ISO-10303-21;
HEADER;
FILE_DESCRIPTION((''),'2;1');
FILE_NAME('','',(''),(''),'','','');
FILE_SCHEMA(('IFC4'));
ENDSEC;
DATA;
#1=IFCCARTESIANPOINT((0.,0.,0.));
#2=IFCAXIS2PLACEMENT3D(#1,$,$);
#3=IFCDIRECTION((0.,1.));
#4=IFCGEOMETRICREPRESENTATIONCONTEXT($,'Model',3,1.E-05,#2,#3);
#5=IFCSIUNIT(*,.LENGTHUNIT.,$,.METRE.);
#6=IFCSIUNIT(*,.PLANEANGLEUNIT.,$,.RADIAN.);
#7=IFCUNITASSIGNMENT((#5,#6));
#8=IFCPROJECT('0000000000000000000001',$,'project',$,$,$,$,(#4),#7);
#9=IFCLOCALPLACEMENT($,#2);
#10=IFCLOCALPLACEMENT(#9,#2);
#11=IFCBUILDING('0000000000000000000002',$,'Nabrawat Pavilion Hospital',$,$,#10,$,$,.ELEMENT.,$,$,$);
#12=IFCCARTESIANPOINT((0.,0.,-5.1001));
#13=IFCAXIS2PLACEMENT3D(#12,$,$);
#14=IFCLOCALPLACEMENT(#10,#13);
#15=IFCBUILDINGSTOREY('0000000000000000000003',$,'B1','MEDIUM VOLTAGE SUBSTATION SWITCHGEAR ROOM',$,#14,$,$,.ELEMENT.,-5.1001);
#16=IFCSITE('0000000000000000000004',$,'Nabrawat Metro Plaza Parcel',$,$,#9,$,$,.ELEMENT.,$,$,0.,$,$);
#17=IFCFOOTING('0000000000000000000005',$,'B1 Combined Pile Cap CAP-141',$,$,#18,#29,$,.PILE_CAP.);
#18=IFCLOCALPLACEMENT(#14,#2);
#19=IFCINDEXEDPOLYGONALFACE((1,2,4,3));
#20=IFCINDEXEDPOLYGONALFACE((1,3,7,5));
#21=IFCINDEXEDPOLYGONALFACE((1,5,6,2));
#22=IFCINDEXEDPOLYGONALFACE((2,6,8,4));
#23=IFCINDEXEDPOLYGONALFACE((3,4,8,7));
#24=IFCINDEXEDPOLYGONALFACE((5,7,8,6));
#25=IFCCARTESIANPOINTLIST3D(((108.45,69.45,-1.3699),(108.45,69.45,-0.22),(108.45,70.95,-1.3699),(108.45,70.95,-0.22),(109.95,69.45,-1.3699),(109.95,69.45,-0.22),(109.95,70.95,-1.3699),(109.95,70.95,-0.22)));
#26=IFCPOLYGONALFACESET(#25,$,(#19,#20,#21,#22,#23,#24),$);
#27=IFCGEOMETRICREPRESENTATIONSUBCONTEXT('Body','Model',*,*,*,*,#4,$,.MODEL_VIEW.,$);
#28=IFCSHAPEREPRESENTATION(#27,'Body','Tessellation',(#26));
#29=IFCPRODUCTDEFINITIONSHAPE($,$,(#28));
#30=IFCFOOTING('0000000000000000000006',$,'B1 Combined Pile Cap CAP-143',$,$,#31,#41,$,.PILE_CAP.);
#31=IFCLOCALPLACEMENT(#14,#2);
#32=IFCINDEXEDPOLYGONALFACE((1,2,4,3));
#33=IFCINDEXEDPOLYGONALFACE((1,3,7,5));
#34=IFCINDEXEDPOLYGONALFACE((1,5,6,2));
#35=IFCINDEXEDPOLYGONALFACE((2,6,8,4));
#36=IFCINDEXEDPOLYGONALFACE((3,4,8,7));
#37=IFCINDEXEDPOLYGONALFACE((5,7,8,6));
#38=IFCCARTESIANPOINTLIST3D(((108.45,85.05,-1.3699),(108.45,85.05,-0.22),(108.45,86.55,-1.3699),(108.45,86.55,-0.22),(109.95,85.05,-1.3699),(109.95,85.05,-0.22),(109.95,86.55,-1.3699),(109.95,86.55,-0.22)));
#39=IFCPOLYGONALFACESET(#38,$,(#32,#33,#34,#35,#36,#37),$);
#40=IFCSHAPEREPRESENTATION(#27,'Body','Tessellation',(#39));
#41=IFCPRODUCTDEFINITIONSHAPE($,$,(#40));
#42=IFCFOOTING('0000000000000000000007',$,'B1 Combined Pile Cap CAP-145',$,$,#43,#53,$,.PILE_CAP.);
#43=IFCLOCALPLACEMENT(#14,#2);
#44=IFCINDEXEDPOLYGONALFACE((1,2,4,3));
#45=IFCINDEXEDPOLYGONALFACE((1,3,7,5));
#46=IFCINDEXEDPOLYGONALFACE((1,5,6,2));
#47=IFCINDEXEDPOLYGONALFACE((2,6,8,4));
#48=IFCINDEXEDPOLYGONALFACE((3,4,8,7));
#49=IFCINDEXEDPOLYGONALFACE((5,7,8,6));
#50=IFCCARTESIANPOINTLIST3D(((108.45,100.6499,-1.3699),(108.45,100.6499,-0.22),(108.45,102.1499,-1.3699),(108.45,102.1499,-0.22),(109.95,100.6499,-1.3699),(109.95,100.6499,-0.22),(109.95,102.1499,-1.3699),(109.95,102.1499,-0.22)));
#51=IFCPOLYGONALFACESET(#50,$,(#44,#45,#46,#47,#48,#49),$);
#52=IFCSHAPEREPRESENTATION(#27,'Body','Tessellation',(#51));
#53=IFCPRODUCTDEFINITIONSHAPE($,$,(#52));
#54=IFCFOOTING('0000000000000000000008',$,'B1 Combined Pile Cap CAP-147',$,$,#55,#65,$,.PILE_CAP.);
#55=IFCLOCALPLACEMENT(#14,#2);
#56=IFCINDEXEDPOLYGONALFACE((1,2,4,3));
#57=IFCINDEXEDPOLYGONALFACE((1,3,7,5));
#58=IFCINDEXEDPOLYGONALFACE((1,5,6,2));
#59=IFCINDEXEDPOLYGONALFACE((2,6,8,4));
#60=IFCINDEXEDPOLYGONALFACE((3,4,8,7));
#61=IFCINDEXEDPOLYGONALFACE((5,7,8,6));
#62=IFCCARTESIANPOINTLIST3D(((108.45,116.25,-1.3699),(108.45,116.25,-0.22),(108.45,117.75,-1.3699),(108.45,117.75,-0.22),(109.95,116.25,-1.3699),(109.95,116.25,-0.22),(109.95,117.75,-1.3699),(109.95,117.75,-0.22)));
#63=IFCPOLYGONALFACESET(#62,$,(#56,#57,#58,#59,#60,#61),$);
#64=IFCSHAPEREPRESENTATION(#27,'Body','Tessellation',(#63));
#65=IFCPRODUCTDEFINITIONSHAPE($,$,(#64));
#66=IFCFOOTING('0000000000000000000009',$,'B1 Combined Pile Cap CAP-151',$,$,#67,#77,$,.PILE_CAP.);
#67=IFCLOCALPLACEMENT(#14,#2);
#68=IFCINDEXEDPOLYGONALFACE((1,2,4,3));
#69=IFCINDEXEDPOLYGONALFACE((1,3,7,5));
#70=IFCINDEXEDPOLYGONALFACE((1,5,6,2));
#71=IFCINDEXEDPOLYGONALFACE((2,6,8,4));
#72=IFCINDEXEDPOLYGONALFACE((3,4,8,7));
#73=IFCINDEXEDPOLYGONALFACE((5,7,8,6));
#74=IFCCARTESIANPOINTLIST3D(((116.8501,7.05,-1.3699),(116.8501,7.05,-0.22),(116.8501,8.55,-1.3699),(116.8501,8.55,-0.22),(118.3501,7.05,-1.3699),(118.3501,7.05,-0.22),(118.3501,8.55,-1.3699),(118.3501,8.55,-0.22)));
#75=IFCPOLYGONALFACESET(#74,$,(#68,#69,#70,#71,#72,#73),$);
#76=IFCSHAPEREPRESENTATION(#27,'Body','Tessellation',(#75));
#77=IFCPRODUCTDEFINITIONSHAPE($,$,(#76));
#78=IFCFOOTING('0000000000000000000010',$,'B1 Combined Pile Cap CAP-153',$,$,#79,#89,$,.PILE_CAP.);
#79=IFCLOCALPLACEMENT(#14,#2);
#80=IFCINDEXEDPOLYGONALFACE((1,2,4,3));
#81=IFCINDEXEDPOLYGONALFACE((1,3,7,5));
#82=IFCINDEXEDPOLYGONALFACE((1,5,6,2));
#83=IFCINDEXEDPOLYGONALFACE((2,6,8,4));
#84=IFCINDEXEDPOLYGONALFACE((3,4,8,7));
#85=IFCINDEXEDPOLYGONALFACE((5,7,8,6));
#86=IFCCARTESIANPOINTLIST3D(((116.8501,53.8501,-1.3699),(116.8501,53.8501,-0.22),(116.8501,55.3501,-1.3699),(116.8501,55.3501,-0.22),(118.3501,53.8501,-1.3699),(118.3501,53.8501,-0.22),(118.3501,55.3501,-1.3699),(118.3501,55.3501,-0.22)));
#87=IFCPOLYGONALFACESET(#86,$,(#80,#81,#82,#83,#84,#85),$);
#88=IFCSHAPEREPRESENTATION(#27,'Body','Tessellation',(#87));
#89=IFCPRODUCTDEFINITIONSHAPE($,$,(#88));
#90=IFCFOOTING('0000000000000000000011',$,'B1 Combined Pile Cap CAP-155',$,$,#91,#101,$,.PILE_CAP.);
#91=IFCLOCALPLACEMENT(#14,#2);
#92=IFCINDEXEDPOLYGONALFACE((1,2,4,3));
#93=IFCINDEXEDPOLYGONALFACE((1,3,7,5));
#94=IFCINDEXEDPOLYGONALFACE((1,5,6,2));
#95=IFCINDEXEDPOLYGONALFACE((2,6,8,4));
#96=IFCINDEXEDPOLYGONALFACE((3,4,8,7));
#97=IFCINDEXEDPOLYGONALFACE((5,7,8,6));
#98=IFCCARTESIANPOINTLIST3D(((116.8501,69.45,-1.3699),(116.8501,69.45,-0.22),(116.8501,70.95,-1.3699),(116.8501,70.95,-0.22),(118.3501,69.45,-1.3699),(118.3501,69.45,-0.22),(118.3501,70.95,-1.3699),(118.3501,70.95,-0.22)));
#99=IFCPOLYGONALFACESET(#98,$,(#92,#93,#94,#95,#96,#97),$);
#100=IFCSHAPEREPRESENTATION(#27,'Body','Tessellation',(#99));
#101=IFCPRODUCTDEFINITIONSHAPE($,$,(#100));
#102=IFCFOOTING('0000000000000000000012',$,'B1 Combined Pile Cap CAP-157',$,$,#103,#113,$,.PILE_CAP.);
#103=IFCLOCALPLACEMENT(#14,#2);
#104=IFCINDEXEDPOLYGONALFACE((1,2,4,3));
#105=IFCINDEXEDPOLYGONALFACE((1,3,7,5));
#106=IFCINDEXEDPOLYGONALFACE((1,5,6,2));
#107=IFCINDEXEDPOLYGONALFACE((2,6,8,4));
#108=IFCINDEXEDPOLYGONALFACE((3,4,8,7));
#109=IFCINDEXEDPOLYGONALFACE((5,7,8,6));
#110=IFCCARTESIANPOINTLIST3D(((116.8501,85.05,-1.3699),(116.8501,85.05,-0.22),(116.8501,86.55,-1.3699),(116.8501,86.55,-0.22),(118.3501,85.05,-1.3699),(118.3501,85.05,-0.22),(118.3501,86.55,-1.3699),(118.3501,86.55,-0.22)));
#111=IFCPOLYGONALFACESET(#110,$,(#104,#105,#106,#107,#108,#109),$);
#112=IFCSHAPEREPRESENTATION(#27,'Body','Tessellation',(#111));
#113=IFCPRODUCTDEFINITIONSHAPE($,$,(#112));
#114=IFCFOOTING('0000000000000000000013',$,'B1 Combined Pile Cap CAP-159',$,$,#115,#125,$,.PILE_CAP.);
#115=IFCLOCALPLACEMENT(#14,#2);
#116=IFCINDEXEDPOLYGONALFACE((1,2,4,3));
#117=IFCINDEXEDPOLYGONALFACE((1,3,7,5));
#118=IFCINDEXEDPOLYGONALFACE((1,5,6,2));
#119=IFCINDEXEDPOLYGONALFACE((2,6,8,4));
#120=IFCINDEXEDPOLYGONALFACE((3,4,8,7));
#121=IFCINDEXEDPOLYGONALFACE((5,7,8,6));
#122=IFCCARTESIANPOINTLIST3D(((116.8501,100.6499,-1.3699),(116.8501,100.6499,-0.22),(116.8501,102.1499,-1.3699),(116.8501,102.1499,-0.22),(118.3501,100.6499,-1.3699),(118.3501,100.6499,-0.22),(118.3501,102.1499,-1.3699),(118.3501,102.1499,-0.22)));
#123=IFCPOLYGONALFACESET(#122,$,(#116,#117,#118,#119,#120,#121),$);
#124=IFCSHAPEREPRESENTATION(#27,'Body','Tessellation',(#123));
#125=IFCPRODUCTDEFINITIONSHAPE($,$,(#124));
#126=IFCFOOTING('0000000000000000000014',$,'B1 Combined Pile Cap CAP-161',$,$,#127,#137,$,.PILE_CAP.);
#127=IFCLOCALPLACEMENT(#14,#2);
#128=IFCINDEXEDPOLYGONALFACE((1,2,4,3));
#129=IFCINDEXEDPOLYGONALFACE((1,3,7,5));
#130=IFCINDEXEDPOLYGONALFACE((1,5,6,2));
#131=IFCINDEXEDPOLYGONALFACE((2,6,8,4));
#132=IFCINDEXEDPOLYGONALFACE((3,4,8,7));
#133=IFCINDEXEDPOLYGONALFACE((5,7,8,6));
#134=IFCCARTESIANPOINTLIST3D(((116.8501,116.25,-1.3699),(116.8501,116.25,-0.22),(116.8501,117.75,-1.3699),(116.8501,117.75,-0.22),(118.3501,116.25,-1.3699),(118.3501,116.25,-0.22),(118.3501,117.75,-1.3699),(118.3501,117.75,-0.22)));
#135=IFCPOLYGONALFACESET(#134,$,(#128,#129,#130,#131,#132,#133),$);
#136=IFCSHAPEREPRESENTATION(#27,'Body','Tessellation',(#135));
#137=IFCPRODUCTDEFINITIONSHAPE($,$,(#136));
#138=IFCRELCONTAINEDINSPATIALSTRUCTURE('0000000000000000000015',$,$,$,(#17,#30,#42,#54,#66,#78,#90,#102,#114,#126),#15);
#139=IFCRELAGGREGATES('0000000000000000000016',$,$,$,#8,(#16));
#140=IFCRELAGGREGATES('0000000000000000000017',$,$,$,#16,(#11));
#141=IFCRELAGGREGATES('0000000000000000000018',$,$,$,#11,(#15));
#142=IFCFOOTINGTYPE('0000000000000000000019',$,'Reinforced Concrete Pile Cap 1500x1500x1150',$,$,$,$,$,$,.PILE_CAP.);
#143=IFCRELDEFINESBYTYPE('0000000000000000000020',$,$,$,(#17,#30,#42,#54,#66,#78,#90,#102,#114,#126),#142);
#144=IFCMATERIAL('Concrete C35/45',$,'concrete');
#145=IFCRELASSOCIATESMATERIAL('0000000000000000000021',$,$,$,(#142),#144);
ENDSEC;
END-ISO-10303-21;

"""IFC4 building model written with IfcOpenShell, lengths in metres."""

from ifc_helpers import new_model, si_unit, direction, frame, origin, place, context, subcontext, project, spatial, polyline, outline, extrude, material, type_object, element, save


model = new_model("IFC4")

# Units and contexts
model_context = context("Model", 3, precision=1e-05, world=origin(), true_north=direction((0.0, 1.0)))
body_context = subcontext(model_context, "Body", "Model", "MODEL_VIEW")
ifc_project = project(units=[si_unit("LENGTHUNIT", "METRE"), si_unit("PLANEANGLEUNIT", "RADIAN")], contexts=[model_context])

# Site, building, storey
site_placement = place(None, origin())
site = spatial("IfcSite", under=ifc_project, at=site_placement, Name="Nabrawat Metro Plaza Parcel", CompositionType="ELEMENT", RefElevation=0.0)
building_placement = place(site_placement, origin())
building = spatial("IfcBuilding", under=site, at=building_placement, Name="Nabrawat Pavilion Hospital", CompositionType="ELEMENT")
storey_placement = place(building_placement, frame((0.0, 0.0, -5.1001)))
storey = spatial("IfcBuildingStorey", under=building, at=storey_placement, Name="B1", Description="MEDIUM VOLTAGE SUBSTATION SWITCHGEAR ROOM", CompositionType="ELEMENT", Elevation=-5.1001)

# Footings
ifc_material = material(Name="Concrete C35/45", Category="concrete")
footing_type_1 = type_object("IfcFootingType", Name="Reinforced Concrete Pile Cap 1500x1500x1150", PredefinedType="PILE_CAP", material=ifc_material)
footing_1_placement = place(storey_placement, frame((0.0, 0.0, -1.3699)))
element("IfcFooting", 1, at=footing_1_placement, inside=storey, type_object=footing_type_1, Name="B1 Combined Pile Cap CAP-141", PredefinedType="PILE_CAP", context=body_context, shape_type="SweptSolid", body=[
    extrude(outline(polyline([(109.95, 69.45), (109.95, 70.95), (108.45, 70.95), (108.45, 69.45), (109.95, 69.45)])), origin(), (0.0, 0.0, 1.0), 1.1499),
])
footing_2_placement = place(storey_placement, frame((0.0, 0.0, -1.3699)))
element("IfcFooting", 2, at=footing_2_placement, inside=storey, type_object=footing_type_1, Name="B1 Combined Pile Cap CAP-143", PredefinedType="PILE_CAP", context=body_context, shape_type="SweptSolid", body=[
    extrude(outline(polyline([(109.95, 85.05), (109.95, 86.55), (108.45, 86.55), (108.45, 85.05), (109.95, 85.05)])), origin(), (0.0, 0.0, 1.0), 1.1499),
])
footing_3_placement = place(storey_placement, frame((0.0, 0.0, -1.3699)))
element("IfcFooting", 3, at=footing_3_placement, inside=storey, type_object=footing_type_1, Name="B1 Combined Pile Cap CAP-145", PredefinedType="PILE_CAP", context=body_context, shape_type="SweptSolid", body=[
    extrude(outline(polyline([(109.95, 100.6499), (109.95, 102.1499), (108.45, 102.1499), (108.45, 100.6499), (109.95, 100.6499)])), origin(), (0.0, 0.0, 1.0), 1.1499),
])
footing_4_placement = place(storey_placement, frame((0.0, 0.0, -1.3699)))
element("IfcFooting", 4, at=footing_4_placement, inside=storey, type_object=footing_type_1, Name="B1 Combined Pile Cap CAP-147", PredefinedType="PILE_CAP", context=body_context, shape_type="SweptSolid", body=[
    extrude(outline(polyline([(109.95, 116.25), (109.95, 117.75), (108.45, 117.75), (108.45, 116.25), (109.95, 116.25)])), origin(), (0.0, 0.0, 1.0), 1.1499),
])
footing_5_placement = place(storey_placement, frame((0.0, 0.0, -1.3699)))
element("IfcFooting", 5, at=footing_5_placement, inside=storey, type_object=footing_type_1, Name="B1 Combined Pile Cap CAP-151", PredefinedType="PILE_CAP", context=body_context, shape_type="SweptSolid", body=[
    extrude(outline(polyline([(118.3501, 7.05), (118.3501, 8.55), (116.8501, 8.55), (116.8501, 7.05), (118.3501, 7.05)])), origin(), (0.0, 0.0, 1.0), 1.1499),
])
footing_6_placement = place(storey_placement, frame((0.0, 0.0, -1.3699)))
element("IfcFooting", 6, at=footing_6_placement, inside=storey, type_object=footing_type_1, Name="B1 Combined Pile Cap CAP-153", PredefinedType="PILE_CAP", context=body_context, shape_type="SweptSolid", body=[
    extrude(outline(polyline([(118.3501, 53.8501), (118.3501, 55.3501), (116.8501, 55.3501), (116.8501, 53.8501), (118.3501, 53.8501)])), origin(), (0.0, 0.0, 1.0), 1.1499),
])
footing_7_placement = place(storey_placement, frame((0.0, 0.0, -1.3699)))
element("IfcFooting", 7, at=footing_7_placement, inside=storey, type_object=footing_type_1, Name="B1 Combined Pile Cap CAP-155", PredefinedType="PILE_CAP", context=body_context, shape_type="SweptSolid", body=[
    extrude(outline(polyline([(118.3501, 69.45), (118.3501, 70.95), (116.8501, 70.95), (116.8501, 69.45), (118.3501, 69.45)])), origin(), (0.0, 0.0, 1.0), 1.1499),
])
footing_8_placement = place(storey_placement, frame((0.0, 0.0, -1.3699)))
element("IfcFooting", 8, at=footing_8_placement, inside=storey, type_object=footing_type_1, Name="B1 Combined Pile Cap CAP-157", PredefinedType="PILE_CAP", context=body_context, shape_type="SweptSolid", body=[
    extrude(outline(polyline([(118.3501, 85.05), (118.3501, 86.55), (116.8501, 86.55), (116.8501, 85.05), (118.3501, 85.05)])), origin(), (0.0, 0.0, 1.0), 1.1499),
])
footing_9_placement = place(storey_placement, frame((0.0, 0.0, -1.3699)))
element("IfcFooting", 9, at=footing_9_placement, inside=storey, type_object=footing_type_1, Name="B1 Combined Pile Cap CAP-159", PredefinedType="PILE_CAP", context=body_context, shape_type="SweptSolid", body=[
    extrude(outline(polyline([(118.3501, 100.6499), (118.3501, 102.1499), (116.8501, 102.1499), (116.8501, 100.6499), (118.3501, 100.6499)])), origin(), (0.0, 0.0, 1.0), 1.1499),
])
footing_10_placement = place(storey_placement, frame((0.0, 0.0, -1.3699)))
element("IfcFooting", 10, at=footing_10_placement, inside=storey, type_object=footing_type_1, Name="B1 Combined Pile Cap CAP-161", PredefinedType="PILE_CAP", context=body_context, shape_type="SweptSolid", body=[
    extrude(outline(polyline([(118.3501, 116.25), (118.3501, 117.75), (116.8501, 117.75), (116.8501, 116.25), (118.3501, 116.25)])), origin(), (0.0, 0.0, 1.0), 1.1499),
])

save(model, "model.ifc")
